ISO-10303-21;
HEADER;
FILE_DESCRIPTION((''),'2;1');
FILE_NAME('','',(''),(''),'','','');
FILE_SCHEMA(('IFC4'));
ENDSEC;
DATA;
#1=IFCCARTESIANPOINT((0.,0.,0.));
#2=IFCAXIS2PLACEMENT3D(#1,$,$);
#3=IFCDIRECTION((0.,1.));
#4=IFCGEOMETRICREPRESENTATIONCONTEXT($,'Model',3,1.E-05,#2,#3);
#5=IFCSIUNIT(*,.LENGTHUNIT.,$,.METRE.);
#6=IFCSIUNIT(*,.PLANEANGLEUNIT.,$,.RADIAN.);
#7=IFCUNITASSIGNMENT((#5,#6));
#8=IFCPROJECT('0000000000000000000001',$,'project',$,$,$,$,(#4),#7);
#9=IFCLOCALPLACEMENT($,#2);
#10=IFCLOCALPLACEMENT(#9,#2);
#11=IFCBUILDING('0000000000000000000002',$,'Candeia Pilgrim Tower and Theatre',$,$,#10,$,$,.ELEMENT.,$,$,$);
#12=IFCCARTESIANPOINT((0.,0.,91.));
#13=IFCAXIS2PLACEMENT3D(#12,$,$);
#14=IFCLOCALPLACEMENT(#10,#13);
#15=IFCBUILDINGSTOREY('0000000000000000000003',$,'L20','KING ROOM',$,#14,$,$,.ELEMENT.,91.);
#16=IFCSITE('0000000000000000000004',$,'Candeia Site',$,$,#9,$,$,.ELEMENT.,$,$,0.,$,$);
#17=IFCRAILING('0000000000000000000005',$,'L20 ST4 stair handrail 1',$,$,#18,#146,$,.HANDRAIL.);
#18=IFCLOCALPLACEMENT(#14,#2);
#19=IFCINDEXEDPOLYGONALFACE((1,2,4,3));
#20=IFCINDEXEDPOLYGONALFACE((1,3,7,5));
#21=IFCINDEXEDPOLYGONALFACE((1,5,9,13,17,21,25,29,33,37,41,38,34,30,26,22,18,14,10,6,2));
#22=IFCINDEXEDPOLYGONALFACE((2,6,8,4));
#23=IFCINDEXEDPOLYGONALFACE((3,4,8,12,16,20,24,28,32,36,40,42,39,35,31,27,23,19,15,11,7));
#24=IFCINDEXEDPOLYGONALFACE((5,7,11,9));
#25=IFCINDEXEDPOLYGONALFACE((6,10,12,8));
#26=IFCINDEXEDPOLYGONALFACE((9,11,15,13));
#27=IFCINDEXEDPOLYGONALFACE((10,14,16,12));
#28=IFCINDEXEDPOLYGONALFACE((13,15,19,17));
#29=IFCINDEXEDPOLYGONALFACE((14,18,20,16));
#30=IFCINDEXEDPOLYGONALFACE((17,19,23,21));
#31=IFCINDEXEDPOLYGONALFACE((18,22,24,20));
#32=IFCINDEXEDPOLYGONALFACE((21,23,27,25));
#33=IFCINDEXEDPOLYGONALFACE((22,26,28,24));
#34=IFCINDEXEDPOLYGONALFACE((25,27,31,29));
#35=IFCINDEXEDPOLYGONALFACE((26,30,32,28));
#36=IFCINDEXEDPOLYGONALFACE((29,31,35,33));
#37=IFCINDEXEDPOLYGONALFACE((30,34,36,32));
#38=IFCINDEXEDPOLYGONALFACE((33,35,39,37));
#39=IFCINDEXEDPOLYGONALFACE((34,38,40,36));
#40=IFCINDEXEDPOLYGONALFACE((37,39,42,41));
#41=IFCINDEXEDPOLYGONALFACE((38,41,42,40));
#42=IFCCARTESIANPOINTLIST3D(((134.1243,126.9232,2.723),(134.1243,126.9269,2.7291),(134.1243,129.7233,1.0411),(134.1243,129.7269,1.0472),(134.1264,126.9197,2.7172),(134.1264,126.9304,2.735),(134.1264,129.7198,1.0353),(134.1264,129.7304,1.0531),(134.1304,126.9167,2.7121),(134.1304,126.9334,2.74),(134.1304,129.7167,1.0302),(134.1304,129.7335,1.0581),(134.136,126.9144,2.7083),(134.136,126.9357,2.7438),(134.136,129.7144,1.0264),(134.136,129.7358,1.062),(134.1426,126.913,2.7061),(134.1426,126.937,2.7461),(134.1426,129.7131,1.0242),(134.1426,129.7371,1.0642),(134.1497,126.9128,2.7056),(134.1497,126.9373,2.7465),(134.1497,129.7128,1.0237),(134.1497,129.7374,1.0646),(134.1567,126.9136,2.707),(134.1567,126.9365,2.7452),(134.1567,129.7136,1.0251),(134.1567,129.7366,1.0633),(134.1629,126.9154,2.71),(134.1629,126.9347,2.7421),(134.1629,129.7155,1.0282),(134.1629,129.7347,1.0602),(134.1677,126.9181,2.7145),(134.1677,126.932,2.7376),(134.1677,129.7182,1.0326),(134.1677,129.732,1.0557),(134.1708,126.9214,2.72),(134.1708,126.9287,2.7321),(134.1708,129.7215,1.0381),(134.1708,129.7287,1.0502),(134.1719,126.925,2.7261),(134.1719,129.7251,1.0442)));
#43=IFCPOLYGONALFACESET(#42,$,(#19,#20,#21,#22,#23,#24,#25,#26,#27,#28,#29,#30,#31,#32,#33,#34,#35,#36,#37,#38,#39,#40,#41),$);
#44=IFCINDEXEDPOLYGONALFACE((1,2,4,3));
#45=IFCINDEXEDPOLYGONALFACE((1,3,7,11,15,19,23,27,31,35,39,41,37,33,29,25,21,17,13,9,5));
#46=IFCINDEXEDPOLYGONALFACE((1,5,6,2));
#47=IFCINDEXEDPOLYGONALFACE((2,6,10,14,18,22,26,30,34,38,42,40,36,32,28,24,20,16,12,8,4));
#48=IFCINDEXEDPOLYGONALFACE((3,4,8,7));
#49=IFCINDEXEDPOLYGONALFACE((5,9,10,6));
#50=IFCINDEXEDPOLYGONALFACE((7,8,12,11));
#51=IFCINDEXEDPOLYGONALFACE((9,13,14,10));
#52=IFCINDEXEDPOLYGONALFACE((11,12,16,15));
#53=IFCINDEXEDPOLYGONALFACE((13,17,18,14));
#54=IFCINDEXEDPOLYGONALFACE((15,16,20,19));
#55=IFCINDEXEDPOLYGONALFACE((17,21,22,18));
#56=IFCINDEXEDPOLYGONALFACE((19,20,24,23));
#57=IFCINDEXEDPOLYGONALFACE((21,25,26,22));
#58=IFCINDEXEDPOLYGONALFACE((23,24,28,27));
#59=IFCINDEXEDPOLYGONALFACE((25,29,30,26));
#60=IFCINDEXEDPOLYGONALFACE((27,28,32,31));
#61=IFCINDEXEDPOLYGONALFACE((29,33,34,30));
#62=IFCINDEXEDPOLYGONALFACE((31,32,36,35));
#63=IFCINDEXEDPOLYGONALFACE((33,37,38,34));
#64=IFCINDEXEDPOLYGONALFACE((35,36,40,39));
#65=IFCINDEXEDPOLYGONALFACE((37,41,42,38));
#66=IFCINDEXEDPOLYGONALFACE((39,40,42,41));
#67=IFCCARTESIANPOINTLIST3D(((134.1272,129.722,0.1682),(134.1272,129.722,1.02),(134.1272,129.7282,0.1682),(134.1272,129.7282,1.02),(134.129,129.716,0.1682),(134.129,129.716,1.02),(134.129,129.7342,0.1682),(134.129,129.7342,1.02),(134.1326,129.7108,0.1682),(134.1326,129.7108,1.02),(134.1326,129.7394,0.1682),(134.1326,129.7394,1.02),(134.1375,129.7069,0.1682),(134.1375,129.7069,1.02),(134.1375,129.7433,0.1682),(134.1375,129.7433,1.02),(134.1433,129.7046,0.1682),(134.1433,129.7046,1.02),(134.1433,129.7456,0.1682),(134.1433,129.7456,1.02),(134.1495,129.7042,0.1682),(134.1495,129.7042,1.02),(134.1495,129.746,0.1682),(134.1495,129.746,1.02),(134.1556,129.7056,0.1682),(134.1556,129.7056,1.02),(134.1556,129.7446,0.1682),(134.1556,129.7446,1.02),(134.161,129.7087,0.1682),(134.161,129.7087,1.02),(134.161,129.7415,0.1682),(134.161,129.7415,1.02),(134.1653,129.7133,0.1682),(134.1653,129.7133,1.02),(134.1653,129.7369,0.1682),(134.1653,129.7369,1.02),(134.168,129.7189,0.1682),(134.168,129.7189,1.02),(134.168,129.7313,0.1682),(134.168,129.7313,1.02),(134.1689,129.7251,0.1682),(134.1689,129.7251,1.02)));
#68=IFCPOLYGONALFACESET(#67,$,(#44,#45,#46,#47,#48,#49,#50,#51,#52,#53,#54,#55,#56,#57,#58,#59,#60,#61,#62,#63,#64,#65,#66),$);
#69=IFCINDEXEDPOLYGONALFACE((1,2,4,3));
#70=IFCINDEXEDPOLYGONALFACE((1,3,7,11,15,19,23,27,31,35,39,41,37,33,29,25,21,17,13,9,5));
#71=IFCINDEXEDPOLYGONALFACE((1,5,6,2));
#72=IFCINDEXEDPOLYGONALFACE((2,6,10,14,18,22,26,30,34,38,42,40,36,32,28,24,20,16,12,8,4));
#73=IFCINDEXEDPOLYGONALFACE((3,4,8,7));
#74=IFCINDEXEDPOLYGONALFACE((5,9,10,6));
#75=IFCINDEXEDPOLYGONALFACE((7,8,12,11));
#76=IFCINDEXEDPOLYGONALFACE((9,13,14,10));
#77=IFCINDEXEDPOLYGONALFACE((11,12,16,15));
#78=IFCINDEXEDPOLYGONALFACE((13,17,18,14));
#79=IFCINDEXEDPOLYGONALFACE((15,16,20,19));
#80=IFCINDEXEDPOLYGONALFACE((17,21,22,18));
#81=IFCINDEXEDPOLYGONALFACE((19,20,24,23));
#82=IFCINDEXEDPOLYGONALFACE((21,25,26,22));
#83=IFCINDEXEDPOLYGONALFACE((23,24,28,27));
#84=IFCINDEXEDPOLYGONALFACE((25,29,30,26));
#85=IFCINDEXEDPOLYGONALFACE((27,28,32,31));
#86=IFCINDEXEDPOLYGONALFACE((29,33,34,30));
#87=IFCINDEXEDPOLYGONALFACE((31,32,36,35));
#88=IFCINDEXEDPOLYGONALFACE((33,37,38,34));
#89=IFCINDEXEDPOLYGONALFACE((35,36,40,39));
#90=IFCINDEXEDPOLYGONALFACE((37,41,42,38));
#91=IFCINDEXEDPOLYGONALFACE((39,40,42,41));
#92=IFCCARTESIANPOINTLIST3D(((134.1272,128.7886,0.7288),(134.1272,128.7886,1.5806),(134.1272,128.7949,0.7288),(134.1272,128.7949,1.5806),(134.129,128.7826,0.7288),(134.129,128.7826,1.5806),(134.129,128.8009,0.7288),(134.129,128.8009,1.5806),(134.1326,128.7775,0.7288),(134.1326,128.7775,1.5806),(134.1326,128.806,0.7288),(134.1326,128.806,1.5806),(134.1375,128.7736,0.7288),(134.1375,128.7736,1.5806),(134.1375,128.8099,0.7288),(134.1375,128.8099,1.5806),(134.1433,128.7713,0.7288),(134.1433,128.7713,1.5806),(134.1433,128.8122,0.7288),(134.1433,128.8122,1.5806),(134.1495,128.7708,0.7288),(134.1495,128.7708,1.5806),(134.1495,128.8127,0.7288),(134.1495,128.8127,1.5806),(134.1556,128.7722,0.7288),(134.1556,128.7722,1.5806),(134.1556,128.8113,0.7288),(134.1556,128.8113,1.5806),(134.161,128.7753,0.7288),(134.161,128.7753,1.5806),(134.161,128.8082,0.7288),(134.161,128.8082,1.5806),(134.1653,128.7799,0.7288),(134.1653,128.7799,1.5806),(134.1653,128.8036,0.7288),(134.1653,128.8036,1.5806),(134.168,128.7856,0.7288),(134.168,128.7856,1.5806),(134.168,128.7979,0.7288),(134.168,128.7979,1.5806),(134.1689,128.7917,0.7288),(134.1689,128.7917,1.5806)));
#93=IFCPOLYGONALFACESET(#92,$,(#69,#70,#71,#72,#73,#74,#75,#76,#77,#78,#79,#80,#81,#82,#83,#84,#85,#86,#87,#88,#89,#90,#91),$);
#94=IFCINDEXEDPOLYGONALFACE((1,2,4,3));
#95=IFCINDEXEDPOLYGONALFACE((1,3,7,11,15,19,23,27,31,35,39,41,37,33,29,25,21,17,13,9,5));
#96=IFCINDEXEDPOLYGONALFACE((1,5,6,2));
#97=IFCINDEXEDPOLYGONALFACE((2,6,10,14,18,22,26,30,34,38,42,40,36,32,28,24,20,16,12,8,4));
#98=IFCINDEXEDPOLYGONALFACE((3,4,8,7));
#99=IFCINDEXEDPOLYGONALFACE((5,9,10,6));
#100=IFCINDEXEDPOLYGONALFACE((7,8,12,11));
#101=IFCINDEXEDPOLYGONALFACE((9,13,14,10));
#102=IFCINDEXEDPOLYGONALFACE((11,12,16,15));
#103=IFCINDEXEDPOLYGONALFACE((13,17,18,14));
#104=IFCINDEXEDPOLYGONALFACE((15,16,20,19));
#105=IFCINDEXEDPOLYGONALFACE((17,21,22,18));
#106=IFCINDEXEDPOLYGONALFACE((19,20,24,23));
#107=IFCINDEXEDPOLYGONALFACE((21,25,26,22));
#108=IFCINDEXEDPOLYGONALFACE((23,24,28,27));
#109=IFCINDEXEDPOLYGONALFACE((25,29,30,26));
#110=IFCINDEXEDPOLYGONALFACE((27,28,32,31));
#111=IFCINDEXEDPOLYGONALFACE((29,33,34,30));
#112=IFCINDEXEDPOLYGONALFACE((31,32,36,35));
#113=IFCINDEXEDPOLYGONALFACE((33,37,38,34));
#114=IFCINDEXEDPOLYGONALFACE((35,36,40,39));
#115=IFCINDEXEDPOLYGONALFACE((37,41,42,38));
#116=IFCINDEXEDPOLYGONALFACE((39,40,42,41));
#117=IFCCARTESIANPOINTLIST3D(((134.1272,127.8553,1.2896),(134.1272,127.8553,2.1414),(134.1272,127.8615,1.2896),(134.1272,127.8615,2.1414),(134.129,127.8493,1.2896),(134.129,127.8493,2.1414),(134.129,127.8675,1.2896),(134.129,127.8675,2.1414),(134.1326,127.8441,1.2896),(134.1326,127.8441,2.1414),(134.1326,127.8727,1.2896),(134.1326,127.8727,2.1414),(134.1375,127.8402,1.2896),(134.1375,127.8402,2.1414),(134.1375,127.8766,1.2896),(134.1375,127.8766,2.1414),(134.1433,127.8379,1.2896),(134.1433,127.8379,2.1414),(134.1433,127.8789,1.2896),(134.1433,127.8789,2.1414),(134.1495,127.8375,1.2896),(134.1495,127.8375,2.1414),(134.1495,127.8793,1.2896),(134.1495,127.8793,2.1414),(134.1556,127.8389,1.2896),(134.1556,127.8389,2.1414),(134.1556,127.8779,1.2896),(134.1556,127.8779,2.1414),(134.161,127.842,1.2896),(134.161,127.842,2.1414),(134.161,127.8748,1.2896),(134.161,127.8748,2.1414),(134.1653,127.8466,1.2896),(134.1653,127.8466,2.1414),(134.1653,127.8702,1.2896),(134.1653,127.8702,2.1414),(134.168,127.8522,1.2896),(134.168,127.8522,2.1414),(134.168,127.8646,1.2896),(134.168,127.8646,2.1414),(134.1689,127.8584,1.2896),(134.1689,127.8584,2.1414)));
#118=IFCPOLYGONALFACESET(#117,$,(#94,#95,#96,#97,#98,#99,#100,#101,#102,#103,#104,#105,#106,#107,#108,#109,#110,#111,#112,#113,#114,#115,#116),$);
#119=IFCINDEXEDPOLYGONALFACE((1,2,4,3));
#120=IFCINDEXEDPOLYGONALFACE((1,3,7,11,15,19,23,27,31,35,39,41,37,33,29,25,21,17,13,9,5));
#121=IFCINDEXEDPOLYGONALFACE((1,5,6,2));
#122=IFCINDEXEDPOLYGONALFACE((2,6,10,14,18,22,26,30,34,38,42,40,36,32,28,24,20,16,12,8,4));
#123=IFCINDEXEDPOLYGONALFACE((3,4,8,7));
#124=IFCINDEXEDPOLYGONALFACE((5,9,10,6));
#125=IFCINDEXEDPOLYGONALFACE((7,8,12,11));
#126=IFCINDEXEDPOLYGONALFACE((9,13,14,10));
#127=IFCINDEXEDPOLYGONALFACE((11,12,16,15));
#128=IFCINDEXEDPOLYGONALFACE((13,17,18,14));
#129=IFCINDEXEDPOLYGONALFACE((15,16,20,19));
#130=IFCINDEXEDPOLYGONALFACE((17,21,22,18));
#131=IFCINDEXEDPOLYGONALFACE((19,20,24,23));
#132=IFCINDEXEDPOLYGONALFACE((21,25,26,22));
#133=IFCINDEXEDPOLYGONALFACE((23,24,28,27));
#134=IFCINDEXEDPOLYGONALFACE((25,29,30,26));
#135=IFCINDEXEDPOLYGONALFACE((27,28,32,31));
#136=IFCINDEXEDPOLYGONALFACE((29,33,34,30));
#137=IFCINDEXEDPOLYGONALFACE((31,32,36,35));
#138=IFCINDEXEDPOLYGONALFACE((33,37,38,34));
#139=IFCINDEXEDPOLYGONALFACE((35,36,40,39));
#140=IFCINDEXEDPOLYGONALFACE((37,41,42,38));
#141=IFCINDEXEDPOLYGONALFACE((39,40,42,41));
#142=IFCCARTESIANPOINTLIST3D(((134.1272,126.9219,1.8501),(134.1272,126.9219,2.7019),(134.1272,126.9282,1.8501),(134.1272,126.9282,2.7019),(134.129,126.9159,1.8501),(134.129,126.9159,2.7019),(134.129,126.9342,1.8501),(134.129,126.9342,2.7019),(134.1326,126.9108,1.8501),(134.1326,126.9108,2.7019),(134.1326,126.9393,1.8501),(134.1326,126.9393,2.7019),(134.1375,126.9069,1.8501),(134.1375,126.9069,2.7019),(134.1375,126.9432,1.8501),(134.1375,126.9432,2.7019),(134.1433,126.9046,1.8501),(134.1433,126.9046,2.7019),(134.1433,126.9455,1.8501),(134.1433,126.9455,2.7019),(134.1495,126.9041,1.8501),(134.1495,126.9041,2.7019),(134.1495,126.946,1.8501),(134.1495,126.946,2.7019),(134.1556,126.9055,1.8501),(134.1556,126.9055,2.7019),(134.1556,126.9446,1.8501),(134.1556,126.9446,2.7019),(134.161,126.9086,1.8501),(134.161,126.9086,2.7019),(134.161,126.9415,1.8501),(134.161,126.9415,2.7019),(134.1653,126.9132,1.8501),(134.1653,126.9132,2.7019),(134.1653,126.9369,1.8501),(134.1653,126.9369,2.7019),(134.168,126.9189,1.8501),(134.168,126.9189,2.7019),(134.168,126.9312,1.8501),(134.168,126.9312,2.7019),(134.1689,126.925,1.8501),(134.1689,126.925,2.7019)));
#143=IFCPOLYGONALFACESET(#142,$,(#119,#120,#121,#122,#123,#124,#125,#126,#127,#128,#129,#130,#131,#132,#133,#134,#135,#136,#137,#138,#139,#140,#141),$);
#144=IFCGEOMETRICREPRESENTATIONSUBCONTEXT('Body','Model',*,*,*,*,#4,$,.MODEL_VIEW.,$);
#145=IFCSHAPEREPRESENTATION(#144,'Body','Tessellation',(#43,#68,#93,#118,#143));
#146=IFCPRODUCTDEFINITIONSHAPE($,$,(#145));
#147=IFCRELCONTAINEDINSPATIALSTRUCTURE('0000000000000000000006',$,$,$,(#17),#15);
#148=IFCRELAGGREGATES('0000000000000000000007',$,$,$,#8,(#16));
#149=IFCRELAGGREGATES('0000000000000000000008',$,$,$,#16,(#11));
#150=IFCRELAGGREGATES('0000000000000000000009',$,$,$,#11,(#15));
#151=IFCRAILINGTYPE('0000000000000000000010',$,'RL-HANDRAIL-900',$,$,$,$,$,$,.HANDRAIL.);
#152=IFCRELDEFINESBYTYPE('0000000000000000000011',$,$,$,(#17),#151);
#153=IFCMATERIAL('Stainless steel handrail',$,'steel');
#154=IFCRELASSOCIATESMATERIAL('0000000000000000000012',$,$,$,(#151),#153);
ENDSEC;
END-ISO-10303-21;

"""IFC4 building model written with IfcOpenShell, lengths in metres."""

from ifc_helpers import new_model, si_unit, direction, frame, origin, origin_2d, place, context, subcontext, project, spatial, circle, extrude, material, type_object, element, save


model = new_model("IFC4")

# Units and contexts
model_context = context("Model", 3, precision=1e-05, world=origin(), true_north=direction((0.0, 1.0)))
body_context = subcontext(model_context, "Body", "Model", "MODEL_VIEW")
ifc_project = project(units=[si_unit("LENGTHUNIT", "METRE"), si_unit("PLANEANGLEUNIT", "RADIAN")], contexts=[model_context])

# Site, building, storey
site_placement = place(None, origin())
site = spatial("IfcSite", under=ifc_project, at=site_placement, Name="Candeia Site", CompositionType="ELEMENT", RefElevation=0.0)
building_placement = place(site_placement, origin())
building = spatial("IfcBuilding", under=site, at=building_placement, Name="Candeia Pilgrim Tower and Theatre", CompositionType="ELEMENT")
storey_placement = place(building_placement, frame((0.0, 0.0, 91.0)))
storey = spatial("IfcBuildingStorey", under=building, at=storey_placement, Name="L20", Description="KING ROOM", CompositionType="ELEMENT", Elevation=91.0)

# Railing
ifc_material_1 = material(Name="Stainless steel handrail", Category="steel")
railing_type_1 = type_object("IfcRailingType", Name="RL-HANDRAIL-900", PredefinedType="HANDRAIL", material=ifc_material_1)
railing_1_placement = place(storey_placement, frame((134.1479, 129.7251, 0.1682)))
element("IfcRailing", 1, at=railing_1_placement, inside=storey, type_object=railing_type_1, Name="L20 ST4 stair handrail 1", PredefinedType="HANDRAIL", context=body_context, shape_type="SweptSolid", body=[
    extrude(circle(Radius=0.0239, at=origin_2d()), frame((0.0, 0.0, 0.876), z_axis=(0.0, -0.857242, 0.514913), x_axis=(1.0, 0.0, 0.0)), (0.0, 0.0, 1.0), 3.2664),
    extrude(circle(Radius=0.021, at=origin_2d()), origin(), (0.0, 0.0, 1.0), 0.8518),
    extrude(circle(Radius=0.021, at=origin_2d()), frame((0.0, -0.9333, 0.5605)), (0.0, 0.0, 1.0), 0.8518),
    extrude(circle(Radius=0.021, at=origin_2d()), frame((0.0, -1.8667, 1.1213)), (0.0, 0.0, 1.0), 0.8518),
    extrude(circle(Radius=0.021, at=origin_2d()), frame((0.0, -2.8, 1.6819)), (0.0, 0.0, 1.0), 0.8518),
])

save(model, "model.ifc")
